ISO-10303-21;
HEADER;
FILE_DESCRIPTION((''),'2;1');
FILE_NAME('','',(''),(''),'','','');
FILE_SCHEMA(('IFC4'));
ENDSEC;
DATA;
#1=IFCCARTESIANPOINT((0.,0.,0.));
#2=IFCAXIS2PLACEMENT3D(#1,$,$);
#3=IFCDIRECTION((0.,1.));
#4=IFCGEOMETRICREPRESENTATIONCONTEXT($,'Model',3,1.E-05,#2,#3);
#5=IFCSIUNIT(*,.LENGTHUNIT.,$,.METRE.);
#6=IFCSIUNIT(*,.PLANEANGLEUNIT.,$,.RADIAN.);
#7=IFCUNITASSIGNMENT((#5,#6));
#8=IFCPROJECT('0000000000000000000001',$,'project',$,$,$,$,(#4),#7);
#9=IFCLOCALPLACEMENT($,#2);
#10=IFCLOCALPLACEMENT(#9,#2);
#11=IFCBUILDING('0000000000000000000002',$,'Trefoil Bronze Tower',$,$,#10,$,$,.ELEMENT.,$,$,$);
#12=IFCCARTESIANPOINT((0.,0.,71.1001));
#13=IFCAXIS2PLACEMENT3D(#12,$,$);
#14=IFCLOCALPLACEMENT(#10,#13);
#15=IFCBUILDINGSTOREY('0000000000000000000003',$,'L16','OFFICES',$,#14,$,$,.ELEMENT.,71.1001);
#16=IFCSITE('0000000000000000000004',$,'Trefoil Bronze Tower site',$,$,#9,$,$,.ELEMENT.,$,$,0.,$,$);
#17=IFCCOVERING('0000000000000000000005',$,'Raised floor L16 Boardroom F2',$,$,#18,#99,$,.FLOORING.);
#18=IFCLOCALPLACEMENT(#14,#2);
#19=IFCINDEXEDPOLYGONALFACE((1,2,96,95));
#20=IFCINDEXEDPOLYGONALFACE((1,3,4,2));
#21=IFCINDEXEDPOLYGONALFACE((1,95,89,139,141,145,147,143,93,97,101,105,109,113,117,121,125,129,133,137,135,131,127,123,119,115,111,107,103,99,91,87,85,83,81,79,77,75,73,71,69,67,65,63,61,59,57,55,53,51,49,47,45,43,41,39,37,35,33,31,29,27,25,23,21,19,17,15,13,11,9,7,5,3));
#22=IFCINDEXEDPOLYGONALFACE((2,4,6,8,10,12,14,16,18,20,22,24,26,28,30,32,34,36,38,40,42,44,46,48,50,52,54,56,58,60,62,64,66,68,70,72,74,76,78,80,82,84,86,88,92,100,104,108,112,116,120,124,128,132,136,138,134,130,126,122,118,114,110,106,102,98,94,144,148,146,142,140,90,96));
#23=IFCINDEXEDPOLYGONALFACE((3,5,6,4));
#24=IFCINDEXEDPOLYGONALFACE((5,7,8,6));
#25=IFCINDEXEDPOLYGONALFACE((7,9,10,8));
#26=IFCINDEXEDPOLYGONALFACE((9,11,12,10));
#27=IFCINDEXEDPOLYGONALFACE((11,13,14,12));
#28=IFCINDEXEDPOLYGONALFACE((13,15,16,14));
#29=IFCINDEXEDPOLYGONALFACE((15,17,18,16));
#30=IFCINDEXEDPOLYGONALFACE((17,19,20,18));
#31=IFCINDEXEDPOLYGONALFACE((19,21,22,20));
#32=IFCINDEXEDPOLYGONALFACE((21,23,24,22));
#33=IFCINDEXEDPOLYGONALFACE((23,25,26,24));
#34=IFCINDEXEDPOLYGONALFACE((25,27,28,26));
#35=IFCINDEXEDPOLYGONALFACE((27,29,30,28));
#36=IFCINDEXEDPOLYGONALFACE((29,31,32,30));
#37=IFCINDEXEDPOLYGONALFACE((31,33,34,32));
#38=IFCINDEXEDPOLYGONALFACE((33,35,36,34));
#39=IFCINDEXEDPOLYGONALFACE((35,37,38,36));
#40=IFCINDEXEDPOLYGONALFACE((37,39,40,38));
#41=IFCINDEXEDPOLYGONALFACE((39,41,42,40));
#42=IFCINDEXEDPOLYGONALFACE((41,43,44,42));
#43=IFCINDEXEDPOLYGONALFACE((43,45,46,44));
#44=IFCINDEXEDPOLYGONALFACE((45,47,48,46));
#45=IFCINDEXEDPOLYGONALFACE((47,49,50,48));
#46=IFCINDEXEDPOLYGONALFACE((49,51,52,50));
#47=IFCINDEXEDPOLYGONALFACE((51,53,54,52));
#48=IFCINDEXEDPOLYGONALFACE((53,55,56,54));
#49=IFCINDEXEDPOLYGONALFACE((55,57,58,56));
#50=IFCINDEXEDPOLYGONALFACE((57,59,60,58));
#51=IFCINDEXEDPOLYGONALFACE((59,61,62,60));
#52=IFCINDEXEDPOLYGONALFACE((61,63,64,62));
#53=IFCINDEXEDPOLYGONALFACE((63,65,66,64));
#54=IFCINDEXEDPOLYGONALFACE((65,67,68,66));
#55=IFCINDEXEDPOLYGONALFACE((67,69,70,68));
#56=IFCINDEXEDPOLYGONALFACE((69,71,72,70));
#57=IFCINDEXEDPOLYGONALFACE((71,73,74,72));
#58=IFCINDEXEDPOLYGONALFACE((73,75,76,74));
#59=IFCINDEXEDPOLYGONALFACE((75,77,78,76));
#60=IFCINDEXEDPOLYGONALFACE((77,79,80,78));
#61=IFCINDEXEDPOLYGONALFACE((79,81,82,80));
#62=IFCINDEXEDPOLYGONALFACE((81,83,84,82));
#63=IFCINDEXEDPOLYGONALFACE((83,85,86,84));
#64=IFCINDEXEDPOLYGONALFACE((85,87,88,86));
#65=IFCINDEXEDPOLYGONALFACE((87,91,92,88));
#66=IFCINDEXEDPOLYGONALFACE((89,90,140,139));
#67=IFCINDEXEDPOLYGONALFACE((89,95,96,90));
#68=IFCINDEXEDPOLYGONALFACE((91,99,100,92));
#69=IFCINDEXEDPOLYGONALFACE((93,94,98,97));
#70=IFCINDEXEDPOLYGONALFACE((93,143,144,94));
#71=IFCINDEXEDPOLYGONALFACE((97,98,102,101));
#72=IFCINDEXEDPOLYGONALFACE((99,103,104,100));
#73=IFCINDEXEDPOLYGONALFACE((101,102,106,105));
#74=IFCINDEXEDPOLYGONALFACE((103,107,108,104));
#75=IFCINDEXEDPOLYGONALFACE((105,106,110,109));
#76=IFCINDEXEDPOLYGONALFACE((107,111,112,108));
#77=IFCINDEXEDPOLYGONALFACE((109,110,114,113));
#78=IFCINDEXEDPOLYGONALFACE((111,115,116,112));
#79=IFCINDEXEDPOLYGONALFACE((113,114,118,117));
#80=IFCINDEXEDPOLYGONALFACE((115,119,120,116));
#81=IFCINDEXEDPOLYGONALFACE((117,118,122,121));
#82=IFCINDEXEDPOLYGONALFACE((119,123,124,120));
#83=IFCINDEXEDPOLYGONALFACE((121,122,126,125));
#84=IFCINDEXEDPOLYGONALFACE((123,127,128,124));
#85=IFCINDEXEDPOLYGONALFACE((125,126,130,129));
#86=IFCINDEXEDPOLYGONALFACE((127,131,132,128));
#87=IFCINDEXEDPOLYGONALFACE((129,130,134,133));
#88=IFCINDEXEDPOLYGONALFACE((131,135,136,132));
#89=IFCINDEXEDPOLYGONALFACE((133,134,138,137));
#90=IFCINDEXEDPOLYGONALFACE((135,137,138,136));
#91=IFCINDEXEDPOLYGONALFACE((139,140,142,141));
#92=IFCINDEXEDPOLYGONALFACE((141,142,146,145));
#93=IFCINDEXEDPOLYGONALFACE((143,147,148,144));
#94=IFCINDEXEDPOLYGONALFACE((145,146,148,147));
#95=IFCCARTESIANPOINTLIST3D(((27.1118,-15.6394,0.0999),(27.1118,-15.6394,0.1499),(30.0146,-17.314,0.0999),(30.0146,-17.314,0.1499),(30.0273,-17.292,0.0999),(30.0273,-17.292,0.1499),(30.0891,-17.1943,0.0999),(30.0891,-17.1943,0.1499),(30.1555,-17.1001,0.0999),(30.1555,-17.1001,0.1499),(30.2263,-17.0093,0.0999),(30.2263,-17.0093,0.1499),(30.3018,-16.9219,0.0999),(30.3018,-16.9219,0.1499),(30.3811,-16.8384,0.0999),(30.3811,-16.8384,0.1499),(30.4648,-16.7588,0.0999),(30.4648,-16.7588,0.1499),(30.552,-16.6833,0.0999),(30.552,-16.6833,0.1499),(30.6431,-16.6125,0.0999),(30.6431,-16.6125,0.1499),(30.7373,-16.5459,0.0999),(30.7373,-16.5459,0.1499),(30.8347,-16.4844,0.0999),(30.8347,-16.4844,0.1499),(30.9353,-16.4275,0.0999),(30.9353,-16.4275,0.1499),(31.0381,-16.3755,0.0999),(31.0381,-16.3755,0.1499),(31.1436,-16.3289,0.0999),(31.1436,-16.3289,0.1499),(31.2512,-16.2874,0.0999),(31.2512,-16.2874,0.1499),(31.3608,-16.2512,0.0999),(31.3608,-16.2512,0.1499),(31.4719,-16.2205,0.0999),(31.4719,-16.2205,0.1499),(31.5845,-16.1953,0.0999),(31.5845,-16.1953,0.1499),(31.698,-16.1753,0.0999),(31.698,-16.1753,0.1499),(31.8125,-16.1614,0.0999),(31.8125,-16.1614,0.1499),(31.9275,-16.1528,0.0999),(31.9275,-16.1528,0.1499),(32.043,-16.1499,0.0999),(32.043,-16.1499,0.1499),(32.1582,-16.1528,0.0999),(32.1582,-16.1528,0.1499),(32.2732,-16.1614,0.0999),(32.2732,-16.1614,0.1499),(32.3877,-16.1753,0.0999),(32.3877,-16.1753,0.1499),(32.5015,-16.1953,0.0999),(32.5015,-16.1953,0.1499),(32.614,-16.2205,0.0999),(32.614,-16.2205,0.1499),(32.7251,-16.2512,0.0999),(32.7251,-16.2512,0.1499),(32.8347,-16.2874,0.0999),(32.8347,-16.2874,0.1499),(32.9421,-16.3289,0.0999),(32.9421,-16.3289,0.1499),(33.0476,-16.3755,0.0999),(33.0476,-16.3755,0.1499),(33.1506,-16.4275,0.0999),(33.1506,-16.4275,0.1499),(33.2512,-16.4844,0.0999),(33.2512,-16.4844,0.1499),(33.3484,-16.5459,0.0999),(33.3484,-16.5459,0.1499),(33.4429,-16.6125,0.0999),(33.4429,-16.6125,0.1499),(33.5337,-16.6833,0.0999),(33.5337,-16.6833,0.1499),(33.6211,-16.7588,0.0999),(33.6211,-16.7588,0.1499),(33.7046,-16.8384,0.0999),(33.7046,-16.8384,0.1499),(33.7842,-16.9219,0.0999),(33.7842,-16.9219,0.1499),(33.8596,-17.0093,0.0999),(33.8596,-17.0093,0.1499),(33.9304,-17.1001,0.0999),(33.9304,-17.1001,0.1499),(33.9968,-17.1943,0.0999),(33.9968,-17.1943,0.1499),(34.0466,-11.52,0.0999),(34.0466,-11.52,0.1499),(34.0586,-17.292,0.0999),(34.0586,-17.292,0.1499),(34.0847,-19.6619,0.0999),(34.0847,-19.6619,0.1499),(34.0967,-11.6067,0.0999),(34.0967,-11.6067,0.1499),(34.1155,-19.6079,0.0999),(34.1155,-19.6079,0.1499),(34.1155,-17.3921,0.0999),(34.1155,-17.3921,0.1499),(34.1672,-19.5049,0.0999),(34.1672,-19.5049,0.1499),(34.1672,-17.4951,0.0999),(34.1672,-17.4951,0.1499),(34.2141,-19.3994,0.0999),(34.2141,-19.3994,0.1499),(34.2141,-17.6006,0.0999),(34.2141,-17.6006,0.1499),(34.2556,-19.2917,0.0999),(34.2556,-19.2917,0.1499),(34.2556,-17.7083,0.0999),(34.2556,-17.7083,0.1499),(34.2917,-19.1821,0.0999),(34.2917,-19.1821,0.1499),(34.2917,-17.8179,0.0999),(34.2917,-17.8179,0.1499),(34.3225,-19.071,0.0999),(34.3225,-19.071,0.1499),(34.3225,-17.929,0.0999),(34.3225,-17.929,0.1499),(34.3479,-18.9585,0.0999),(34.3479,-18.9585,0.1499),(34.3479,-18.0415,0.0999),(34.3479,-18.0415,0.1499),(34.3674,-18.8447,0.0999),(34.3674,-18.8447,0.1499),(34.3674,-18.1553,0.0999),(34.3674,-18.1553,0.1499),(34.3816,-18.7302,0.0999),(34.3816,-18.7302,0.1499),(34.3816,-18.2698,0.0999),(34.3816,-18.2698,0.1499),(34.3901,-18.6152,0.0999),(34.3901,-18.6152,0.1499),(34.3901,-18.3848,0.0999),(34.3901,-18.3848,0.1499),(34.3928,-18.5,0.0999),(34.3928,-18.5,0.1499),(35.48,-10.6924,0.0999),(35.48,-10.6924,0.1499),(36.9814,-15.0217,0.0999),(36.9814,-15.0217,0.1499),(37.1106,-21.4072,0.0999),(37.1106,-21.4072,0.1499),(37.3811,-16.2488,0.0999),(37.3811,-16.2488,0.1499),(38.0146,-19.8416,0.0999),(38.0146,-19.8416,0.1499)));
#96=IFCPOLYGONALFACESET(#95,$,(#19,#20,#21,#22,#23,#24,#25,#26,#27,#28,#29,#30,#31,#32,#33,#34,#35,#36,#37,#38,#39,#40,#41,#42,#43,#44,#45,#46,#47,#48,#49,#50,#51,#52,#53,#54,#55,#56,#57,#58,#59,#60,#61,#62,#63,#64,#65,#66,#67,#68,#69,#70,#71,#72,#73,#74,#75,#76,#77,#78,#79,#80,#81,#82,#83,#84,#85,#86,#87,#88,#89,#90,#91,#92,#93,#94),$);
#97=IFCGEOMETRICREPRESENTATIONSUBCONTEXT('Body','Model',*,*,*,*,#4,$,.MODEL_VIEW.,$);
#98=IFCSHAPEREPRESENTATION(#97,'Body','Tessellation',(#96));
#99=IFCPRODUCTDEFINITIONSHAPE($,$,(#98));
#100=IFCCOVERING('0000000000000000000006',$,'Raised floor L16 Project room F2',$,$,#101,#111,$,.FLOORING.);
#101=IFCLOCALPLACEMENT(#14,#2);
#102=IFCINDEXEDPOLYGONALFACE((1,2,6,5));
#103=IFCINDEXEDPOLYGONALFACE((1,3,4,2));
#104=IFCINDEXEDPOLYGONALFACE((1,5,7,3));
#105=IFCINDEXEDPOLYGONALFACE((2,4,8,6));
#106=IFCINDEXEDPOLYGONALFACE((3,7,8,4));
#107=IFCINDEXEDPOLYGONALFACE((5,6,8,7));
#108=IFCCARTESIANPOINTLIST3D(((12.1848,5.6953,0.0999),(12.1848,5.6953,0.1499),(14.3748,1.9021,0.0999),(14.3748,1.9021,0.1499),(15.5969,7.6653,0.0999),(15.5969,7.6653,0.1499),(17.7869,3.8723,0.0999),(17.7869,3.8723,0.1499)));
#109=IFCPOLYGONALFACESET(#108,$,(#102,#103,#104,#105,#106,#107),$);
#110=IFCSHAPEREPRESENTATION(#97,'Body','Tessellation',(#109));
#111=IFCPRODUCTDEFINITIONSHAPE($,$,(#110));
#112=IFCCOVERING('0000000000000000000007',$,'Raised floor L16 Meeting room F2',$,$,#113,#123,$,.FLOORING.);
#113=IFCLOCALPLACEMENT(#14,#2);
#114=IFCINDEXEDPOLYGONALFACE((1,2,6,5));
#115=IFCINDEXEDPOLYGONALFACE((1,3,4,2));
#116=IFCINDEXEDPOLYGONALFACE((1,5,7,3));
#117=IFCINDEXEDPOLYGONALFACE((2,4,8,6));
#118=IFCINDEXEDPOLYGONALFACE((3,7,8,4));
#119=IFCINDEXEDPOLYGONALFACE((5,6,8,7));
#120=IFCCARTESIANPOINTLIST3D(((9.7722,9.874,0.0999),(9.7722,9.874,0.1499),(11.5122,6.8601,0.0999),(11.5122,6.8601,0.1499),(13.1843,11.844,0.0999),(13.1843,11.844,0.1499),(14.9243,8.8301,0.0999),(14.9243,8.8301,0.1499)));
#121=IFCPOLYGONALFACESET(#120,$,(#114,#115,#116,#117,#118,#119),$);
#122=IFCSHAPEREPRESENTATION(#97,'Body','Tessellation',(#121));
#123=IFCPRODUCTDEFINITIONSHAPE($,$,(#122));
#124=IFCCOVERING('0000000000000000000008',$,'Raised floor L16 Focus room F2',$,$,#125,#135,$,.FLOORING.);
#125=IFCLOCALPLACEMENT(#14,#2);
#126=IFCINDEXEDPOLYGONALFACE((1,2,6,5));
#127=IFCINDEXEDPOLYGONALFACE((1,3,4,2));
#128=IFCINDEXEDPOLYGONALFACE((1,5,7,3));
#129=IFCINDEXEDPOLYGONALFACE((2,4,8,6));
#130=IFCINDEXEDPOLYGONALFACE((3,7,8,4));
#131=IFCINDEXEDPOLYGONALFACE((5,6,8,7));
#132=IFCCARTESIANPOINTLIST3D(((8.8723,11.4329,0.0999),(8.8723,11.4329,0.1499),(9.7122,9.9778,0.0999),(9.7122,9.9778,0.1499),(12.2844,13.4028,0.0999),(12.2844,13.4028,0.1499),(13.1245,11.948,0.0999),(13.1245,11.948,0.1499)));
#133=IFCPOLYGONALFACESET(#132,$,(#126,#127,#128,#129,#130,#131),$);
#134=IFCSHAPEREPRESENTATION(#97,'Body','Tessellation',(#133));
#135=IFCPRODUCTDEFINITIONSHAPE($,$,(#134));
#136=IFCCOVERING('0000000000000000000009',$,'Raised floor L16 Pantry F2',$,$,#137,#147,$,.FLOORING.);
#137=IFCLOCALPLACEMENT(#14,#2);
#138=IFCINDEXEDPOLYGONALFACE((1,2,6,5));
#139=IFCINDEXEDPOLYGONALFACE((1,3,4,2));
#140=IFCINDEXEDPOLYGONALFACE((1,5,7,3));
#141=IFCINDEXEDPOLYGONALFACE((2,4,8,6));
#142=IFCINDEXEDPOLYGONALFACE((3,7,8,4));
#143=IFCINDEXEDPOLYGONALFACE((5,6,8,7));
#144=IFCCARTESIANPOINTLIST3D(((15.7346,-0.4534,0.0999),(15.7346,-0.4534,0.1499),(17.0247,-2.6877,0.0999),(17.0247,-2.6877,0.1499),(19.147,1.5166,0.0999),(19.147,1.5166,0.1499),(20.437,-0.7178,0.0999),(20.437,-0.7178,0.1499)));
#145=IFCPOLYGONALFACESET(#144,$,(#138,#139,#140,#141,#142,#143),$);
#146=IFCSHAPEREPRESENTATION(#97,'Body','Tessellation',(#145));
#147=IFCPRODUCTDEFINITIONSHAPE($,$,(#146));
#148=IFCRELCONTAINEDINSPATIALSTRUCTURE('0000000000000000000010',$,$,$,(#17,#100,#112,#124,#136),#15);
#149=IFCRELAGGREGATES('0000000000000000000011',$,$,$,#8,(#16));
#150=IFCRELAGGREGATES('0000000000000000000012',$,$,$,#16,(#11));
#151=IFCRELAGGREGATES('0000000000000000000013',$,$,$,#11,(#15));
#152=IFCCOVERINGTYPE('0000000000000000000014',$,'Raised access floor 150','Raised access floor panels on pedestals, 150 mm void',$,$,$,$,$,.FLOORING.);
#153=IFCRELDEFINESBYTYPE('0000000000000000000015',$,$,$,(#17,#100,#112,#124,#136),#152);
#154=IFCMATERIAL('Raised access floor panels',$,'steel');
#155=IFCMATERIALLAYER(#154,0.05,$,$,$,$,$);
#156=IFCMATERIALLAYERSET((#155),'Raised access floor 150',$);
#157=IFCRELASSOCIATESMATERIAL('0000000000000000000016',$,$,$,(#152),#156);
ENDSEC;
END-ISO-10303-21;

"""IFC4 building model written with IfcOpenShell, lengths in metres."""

from ifc_helpers import new_model, si_unit, direction, frame, origin, place, context, subcontext, project, spatial, polyline, outline, extrude, material, layer, layer_set, type_object, element, save


model = new_model("IFC4")

# Units and contexts
model_context = context("Model", 3, precision=1e-05, world=origin(), true_north=direction((0.0, 1.0)))
body_context = subcontext(model_context, "Body", "Model", "MODEL_VIEW")
ifc_project = project(units=[si_unit("LENGTHUNIT", "METRE"), si_unit("PLANEANGLEUNIT", "RADIAN")], contexts=[model_context])

# Site, building, storey
site_placement = place(None, origin())
site = spatial("IfcSite", under=ifc_project, at=site_placement, Name="Trefoil Bronze Tower site", CompositionType="ELEMENT", RefElevation=0.0)
building_placement = place(site_placement, origin())
building = spatial("IfcBuilding", under=site, at=building_placement, Name="Trefoil Bronze Tower", CompositionType="ELEMENT")
storey_placement = place(building_placement, frame((0.0, 0.0, 71.1001)))
storey = spatial("IfcBuildingStorey", under=building, at=storey_placement, Name="L16", Description="OFFICES", CompositionType="ELEMENT", Elevation=71.1001)

# Coverings
ifc_material_1 = material(Name="Raised access floor panels", Category="steel")
ifc_layer_1 = layer(ifc_material_1, 0.05)
ifc_layer_set_1 = layer_set([ifc_layer_1], Name="Raised access floor 150")
covering_type_1 = type_object("IfcCoveringType", Name="Raised access floor 150", Description="Raised access floor panels on pedestals, 150 mm void", PredefinedType="FLOORING", material=ifc_layer_set_1)
covering_1_placement = place(storey_placement, frame((0.0, 0.0, 0.0999)))
element("IfcCovering", 1, at=covering_1_placement, inside=storey, type_object=covering_type_1, Name="Raised floor L16 Boardroom F2", PredefinedType="FLOORING", context=body_context, shape_type="SweptSolid", body=[
    extrude(outline(polyline([(30.0146, -17.314), (27.1118, -15.6394), (34.0967, -11.6067), (34.0466, -11.52), (35.48, -10.6924), (36.9814, -15.0217), (37.3811, -16.2488), (38.0146, -19.8416), (37.1106, -21.4072), (34.0847, -19.6619), (34.1155, -19.6079), (34.1672, -19.5049), (34.2141, -19.3994), (34.2556, -19.2917), (34.2917, -19.1821), (34.3225, -19.071), (34.3479, -18.9585), (34.3674, -18.8447), (34.3816, -18.7302), (34.3901, -18.6152), (34.3928, -18.5), (34.3901, -18.3848), (34.3816, -18.2698), (34.3674, -18.1553), (34.3479, -18.0415), (34.3225, -17.929), (34.2917, -17.8179), (34.2556, -17.7083), (34.2141, -17.6006), (34.1672, -17.4951), (34.1155, -17.3921), (34.0586, -17.292), (33.9968, -17.1943), (33.9304, -17.1001), (33.8596, -17.0093), (33.7842, -16.9219), (33.7046, -16.8384), (33.6211, -16.7588), (33.5337, -16.6833), (33.4429, -16.6125), (33.3484, -16.5459), (33.2512, -16.4844), (33.1506, -16.4275), (33.0476, -16.3755), (32.9421, -16.3289), (32.8347, -16.2874), (32.7251, -16.2512), (32.614, -16.2205), (32.5015, -16.1953), (32.3877, -16.1753), (32.2732, -16.1614), (32.1582, -16.1528), (32.043, -16.1499), (31.9275, -16.1528), (31.8125, -16.1614), (31.698, -16.1753), (31.5845, -16.1953), (31.4719, -16.2205), (31.3608, -16.2512), (31.2512, -16.2874), (31.1436, -16.3289), (31.0381, -16.3755), (30.9353, -16.4275), (30.8347, -16.4844), (30.7373, -16.5459), (30.6431, -16.6125), (30.552, -16.6833), (30.4648, -16.7588), (30.3811, -16.8384), (30.3018, -16.9219), (30.2263, -17.0093), (30.1555, -17.1001), (30.0891, -17.1943), (30.0273, -17.292), (30.0146, -17.314)])), origin(), (0.0, 0.0, 1.0), 0.05),
])
covering_2_placement = place(storey_placement, frame((0.0, 0.0, 0.0999)))
element("IfcCovering", 2, at=covering_2_placement, inside=storey, type_object=covering_type_1, Name="Raised floor L16 Project room F2", PredefinedType="FLOORING", context=body_context, shape_type="SweptSolid", body=[
    extrude(outline(polyline([(12.1848, 5.6953), (15.5969, 7.6653), (17.7869, 3.8723), (14.3748, 1.9021), (12.1848, 5.6953)])), origin(), (0.0, 0.0, 1.0), 0.05),
])
covering_3_placement = place(storey_placement, frame((0.0, 0.0, 0.0999)))
element("IfcCovering", 3, at=covering_3_placement, inside=storey, type_object=covering_type_1, Name="Raised floor L16 Meeting room F2", PredefinedType="FLOORING", context=body_context, shape_type="SweptSolid", body=[
    extrude(outline(polyline([(9.7722, 9.874), (13.1843, 11.844), (14.9243, 8.8301), (11.5122, 6.8601), (9.7722, 9.874)])), origin(), (0.0, 0.0, 1.0), 0.05),
])
covering_4_placement = place(storey_placement, frame((0.0, 0.0, 0.0999)))
element("IfcCovering", 4, at=covering_4_placement, inside=storey, type_object=covering_type_1, Name="Raised floor L16 Focus room F2", PredefinedType="FLOORING", context=body_context, shape_type="SweptSolid", body=[
    extrude(outline(polyline([(8.8723, 11.4329), (12.2844, 13.4028), (13.1245, 11.948), (9.7122, 9.9778), (8.8723, 11.4329)])), origin(), (0.0, 0.0, 1.0), 0.05),
])
covering_5_placement = place(storey_placement, frame((0.0, 0.0, 0.0999)))
element("IfcCovering", 5, at=covering_5_placement, inside=storey, type_object=covering_type_1, Name="Raised floor L16 Pantry F2", PredefinedType="FLOORING", context=body_context, shape_type="SweptSolid", body=[
    extrude(outline(polyline([(15.7346, -0.4534), (19.147, 1.5166), (20.437, -0.7178), (17.0247, -2.6877), (15.7346, -0.4534)])), origin(), (0.0, 0.0, 1.0), 0.05),
])

save(model, "model.ifc")
